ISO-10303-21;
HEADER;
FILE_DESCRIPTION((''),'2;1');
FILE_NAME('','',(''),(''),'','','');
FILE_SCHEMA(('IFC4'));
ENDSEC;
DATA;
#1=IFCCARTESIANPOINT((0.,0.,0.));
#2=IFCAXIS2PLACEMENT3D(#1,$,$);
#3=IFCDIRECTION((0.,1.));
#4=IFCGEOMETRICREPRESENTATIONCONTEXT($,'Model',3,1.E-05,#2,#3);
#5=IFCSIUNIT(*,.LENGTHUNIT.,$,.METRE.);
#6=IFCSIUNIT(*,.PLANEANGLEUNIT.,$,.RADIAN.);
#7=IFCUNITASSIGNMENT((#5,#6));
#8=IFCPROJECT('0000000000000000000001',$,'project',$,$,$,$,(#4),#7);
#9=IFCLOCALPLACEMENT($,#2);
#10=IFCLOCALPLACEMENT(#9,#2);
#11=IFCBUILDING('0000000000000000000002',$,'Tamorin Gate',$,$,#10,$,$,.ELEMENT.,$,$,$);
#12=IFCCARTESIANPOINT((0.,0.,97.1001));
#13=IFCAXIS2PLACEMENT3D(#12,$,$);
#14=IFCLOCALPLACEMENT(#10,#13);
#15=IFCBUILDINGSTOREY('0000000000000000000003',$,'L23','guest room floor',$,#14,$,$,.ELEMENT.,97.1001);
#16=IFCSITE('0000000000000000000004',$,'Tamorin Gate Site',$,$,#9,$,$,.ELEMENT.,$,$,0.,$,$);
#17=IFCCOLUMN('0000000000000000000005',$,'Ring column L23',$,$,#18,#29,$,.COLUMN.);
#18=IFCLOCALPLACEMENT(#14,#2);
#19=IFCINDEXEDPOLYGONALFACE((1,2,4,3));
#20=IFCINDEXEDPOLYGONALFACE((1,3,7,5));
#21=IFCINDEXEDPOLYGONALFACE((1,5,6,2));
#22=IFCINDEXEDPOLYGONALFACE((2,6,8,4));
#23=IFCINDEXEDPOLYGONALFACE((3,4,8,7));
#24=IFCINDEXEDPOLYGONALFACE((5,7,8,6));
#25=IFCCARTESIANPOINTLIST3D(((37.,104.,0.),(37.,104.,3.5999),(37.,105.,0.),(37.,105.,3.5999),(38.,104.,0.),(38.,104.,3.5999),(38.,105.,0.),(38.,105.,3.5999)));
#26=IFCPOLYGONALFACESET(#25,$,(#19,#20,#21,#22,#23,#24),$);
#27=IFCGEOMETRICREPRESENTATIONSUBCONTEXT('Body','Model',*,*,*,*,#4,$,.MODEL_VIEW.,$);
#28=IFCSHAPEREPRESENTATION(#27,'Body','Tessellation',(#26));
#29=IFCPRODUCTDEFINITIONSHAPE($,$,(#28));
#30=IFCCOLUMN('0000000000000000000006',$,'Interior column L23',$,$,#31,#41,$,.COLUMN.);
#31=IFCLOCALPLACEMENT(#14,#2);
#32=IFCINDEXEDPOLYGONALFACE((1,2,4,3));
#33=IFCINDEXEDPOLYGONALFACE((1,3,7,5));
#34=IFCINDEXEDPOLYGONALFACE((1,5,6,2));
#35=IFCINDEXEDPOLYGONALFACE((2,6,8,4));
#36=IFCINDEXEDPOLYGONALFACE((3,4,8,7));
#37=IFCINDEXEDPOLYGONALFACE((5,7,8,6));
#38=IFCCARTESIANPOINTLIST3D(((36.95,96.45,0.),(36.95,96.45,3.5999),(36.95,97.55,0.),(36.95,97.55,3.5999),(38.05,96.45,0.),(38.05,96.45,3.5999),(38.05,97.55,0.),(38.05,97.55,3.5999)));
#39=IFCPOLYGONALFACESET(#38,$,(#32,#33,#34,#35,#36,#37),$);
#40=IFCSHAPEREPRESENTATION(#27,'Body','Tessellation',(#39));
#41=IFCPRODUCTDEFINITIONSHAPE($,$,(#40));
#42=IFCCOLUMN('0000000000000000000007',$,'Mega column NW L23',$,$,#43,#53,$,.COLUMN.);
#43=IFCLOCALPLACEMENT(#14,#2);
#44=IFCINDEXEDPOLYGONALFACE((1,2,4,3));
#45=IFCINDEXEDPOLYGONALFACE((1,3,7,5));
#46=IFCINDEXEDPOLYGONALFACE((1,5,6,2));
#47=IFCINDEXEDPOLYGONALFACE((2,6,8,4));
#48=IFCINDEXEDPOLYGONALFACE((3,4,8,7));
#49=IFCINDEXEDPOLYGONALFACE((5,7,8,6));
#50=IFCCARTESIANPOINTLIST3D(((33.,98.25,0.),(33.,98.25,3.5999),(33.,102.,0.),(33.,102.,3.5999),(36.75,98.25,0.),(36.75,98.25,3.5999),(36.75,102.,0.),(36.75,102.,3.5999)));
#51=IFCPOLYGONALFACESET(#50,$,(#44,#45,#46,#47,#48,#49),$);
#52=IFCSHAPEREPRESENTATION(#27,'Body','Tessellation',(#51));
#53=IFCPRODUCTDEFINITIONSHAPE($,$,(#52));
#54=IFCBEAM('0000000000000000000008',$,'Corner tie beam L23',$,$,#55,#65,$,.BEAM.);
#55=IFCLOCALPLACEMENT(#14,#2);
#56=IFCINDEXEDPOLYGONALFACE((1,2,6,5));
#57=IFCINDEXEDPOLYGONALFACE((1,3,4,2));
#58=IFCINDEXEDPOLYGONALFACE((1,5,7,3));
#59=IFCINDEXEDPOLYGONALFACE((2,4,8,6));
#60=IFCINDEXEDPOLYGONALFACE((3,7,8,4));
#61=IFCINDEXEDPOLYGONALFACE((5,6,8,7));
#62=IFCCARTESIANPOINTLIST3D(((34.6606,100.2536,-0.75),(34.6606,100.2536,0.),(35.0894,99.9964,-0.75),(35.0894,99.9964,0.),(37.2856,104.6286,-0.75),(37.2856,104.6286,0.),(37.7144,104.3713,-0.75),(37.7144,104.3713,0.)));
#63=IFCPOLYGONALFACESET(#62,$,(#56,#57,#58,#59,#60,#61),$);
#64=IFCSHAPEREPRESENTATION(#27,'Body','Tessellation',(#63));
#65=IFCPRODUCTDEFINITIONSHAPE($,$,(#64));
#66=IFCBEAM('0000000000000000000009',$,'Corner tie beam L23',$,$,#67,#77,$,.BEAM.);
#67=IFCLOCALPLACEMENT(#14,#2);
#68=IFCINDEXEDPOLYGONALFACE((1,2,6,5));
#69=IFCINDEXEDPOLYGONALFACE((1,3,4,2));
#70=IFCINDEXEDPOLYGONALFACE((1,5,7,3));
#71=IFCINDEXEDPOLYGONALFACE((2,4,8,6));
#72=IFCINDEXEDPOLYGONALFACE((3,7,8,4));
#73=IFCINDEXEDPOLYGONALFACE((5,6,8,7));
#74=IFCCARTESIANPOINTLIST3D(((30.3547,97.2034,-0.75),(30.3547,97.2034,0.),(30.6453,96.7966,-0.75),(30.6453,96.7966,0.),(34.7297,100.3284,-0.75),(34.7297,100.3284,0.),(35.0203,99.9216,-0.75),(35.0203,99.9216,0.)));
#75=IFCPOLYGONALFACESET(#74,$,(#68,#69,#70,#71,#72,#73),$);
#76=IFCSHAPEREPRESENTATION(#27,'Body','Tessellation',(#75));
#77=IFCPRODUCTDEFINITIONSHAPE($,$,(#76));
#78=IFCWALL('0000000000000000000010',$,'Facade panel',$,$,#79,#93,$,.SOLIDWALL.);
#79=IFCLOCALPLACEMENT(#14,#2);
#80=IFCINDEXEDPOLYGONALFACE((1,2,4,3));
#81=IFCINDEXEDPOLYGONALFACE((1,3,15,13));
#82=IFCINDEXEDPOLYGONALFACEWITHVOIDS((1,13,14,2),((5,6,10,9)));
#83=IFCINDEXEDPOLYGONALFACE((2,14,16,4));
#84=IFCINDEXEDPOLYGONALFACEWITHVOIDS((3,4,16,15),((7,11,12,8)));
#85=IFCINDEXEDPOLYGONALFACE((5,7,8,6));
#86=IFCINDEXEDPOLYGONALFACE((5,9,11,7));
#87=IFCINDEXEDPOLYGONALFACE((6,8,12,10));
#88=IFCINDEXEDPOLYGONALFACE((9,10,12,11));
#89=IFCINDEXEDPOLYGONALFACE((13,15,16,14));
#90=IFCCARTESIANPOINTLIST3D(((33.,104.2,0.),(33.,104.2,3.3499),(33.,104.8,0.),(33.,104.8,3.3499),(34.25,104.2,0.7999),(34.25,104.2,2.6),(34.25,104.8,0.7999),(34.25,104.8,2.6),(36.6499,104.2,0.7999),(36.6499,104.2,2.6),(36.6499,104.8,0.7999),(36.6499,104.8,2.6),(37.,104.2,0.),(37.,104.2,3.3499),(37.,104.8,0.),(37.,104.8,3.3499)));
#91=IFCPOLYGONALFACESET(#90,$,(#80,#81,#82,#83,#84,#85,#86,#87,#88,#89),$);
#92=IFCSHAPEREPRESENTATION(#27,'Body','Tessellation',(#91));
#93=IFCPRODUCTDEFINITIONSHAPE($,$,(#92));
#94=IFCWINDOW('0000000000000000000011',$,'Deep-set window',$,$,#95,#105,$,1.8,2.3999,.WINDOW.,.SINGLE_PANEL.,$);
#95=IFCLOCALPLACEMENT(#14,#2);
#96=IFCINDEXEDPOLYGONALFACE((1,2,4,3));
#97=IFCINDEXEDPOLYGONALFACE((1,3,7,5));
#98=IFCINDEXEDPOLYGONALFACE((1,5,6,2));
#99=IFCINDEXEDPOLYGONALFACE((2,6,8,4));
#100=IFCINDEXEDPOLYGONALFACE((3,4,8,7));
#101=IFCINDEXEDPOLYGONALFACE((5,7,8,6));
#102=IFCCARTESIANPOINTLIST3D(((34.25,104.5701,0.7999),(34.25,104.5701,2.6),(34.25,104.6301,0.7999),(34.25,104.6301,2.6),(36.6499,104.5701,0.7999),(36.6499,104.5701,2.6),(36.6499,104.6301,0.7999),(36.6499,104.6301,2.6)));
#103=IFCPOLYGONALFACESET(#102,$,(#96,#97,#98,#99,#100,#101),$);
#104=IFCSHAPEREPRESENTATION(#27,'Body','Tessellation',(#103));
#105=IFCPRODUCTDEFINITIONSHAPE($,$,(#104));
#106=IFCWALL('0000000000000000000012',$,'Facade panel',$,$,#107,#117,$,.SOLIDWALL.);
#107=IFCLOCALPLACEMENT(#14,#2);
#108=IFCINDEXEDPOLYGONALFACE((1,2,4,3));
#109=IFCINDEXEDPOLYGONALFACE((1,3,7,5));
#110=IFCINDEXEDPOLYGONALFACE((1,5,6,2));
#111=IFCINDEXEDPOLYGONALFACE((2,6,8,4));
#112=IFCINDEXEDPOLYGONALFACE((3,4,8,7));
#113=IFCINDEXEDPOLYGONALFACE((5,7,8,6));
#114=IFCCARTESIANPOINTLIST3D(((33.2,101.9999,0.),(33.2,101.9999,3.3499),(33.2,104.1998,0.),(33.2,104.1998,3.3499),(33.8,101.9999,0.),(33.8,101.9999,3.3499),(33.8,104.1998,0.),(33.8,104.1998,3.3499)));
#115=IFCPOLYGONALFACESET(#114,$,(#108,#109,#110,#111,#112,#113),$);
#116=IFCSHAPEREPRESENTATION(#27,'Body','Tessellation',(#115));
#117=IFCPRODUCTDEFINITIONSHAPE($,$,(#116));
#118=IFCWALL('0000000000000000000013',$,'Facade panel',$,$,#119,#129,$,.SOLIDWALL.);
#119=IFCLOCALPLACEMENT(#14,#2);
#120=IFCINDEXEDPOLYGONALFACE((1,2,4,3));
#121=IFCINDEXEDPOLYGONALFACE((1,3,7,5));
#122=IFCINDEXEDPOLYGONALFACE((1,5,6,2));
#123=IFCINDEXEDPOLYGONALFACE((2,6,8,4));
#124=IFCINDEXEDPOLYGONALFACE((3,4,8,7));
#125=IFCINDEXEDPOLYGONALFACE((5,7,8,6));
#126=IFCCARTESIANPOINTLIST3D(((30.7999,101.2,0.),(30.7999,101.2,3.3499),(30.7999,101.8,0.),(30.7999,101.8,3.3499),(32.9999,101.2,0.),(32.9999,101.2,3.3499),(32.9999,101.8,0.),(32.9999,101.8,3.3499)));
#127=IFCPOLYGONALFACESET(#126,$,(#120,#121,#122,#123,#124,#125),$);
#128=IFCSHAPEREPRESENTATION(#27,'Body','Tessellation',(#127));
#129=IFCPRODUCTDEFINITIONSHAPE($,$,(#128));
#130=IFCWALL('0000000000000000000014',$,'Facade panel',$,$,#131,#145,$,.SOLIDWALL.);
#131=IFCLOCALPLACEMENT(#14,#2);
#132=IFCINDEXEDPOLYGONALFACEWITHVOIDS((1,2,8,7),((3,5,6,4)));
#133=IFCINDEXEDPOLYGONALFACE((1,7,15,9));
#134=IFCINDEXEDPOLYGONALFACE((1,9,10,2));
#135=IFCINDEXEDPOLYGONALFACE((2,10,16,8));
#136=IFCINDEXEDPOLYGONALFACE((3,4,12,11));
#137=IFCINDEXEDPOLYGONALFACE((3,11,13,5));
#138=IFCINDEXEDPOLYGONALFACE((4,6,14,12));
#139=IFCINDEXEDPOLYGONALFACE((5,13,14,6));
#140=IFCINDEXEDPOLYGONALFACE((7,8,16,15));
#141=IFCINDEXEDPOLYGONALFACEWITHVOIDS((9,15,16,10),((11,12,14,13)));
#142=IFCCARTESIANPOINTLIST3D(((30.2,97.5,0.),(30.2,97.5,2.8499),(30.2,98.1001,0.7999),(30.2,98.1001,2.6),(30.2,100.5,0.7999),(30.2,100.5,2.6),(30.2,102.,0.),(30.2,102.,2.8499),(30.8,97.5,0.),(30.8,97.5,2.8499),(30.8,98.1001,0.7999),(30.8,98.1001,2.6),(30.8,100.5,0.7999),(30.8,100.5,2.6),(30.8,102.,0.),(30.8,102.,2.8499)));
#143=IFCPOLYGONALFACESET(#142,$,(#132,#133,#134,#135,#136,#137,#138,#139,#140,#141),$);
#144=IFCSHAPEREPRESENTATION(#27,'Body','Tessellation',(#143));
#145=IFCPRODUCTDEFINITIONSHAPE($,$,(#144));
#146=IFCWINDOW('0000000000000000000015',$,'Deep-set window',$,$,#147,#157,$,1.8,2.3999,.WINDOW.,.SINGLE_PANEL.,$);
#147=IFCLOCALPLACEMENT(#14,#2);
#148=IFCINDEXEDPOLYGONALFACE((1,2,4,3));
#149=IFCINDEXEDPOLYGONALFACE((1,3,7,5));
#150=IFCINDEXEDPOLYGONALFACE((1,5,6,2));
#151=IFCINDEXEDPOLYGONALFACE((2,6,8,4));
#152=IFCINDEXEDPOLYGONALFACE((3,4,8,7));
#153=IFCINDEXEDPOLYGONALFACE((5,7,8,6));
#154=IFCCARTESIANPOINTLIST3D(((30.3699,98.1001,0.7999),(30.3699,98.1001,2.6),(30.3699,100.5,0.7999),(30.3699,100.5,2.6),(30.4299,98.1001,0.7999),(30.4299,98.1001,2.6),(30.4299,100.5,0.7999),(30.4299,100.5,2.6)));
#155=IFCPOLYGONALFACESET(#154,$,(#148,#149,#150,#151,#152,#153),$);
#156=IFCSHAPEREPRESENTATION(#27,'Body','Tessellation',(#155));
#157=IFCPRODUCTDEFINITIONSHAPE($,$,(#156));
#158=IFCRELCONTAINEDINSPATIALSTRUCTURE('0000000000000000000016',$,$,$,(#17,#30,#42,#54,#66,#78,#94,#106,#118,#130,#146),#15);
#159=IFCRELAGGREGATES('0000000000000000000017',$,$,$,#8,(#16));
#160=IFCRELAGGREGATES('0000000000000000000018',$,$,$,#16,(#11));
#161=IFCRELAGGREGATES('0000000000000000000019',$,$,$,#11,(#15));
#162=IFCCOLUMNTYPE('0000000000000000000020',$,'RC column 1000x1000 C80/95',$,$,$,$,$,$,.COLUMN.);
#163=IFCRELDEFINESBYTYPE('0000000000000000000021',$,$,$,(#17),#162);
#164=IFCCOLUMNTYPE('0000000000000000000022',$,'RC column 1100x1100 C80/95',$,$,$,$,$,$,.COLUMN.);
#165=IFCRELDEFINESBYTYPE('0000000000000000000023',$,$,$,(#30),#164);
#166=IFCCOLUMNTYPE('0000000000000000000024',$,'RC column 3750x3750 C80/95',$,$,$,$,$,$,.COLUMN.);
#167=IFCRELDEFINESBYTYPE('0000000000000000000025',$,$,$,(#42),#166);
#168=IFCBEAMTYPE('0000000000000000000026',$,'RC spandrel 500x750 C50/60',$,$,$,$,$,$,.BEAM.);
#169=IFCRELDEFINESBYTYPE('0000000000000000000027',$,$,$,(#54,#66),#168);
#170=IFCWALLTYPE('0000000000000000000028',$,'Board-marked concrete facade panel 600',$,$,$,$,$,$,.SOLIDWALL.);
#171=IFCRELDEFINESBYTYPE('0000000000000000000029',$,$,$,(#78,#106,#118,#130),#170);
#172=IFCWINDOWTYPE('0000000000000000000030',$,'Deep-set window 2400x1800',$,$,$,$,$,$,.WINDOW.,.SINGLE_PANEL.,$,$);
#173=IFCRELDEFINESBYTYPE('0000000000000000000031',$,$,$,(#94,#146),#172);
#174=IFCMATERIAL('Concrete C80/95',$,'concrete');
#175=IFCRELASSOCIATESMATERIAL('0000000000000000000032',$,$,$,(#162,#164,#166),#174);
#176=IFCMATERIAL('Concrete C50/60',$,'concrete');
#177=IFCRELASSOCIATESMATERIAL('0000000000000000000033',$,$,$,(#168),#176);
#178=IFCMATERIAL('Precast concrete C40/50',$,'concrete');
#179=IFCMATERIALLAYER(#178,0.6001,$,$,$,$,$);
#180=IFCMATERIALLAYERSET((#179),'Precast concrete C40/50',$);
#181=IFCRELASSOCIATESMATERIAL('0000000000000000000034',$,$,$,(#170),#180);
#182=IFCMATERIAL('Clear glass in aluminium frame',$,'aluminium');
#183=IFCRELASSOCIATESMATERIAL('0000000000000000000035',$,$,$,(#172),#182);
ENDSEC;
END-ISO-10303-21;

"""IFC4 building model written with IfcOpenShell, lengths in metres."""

from ifc_helpers import new_model, si_unit, direction, frame, frame_2d, origin, origin_2d, place, context, subcontext, project, spatial, rectangle, extrude, material, layer, layer_set, material_profile, profile_set, type_object, element, fill, save


model = new_model("IFC4")

# Units and contexts
model_context = context("Model", 3, precision=1e-05, world=origin(), true_north=direction((0.0, 1.0)))
body_context = subcontext(model_context, "Body", "Model", "MODEL_VIEW")
ifc_project = project(units=[si_unit("LENGTHUNIT", "METRE"), si_unit("PLANEANGLEUNIT", "RADIAN")], contexts=[model_context])

# Site, building, storey
site_placement = place(None, origin())
site = spatial("IfcSite", under=ifc_project, at=site_placement, Name="Tamorin Gate Site", CompositionType="ELEMENT", RefElevation=0.0)
building_placement = place(site_placement, origin())
building = spatial("IfcBuilding", under=site, at=building_placement, Name="Tamorin Gate", CompositionType="ELEMENT")
storey_placement = place(building_placement, frame((0.0, 0.0, 97.1001)))
storey = spatial("IfcBuildingStorey", under=building, at=storey_placement, Name="L23", Description="guest room floor", CompositionType="ELEMENT", Elevation=97.1001)

# Columns
ifc_material_1 = material(Name="Concrete C80/95", Category="concrete")
ifc_material_profile_1 = material_profile(ifc_material_1, rectangle(XDim=1.0, YDim=1.0, at=origin_2d()), Name="RC 1000x1000")
ifc_profile_set_1 = profile_set([ifc_material_profile_1], Name="Concrete C80/95")
column_type_1 = type_object("IfcColumnType", Name="RC column 1000x1000 C80/95", PredefinedType="COLUMN", material=ifc_profile_set_1)
column_1_placement = place(storey_placement, frame((37.5, 104.5, 0.0), z_axis=(0.0, 0.0, 1.0), x_axis=(1.0, 0.0, 0.0)))
element("IfcColumn", 1, at=column_1_placement, inside=storey, type_object=column_type_1, Name="Ring column L23", PredefinedType="COLUMN", context=body_context, shape_type="SweptSolid", body=[
    extrude(rectangle(XDim=1.0, YDim=1.0, at=origin_2d()), origin(), (0.0, 0.0, 1.0), 3.5999),
])
ifc_material_profile_2 = material_profile(ifc_material_1, rectangle(XDim=1.1001, YDim=1.1001, at=origin_2d()), Name="RC 1100x1100")
ifc_profile_set_2 = profile_set([ifc_material_profile_2], Name="Concrete C80/95")
column_type_2 = type_object("IfcColumnType", Name="RC column 1100x1100 C80/95", PredefinedType="COLUMN", material=ifc_profile_set_2)
column_2_placement = place(storey_placement, frame((37.5, 97.0, 0.0), z_axis=(0.0, 0.0, 1.0), x_axis=(1.0, 0.0, 0.0)))
element("IfcColumn", 2, at=column_2_placement, inside=storey, type_object=column_type_2, Name="Interior column L23", PredefinedType="COLUMN", context=body_context, shape_type="SweptSolid", body=[
    extrude(rectangle(XDim=1.1001, YDim=1.1001, at=origin_2d()), origin(), (0.0, 0.0, 1.0), 3.5999),
])
ifc_material_profile_3 = material_profile(ifc_material_1, rectangle(XDim=3.75, YDim=3.75, at=origin_2d()), Name="RC 3750x3750")
ifc_profile_set_3 = profile_set([ifc_material_profile_3], Name="Concrete C80/95")
column_type_3 = type_object("IfcColumnType", Name="RC column 3750x3750 C80/95", PredefinedType="COLUMN", material=ifc_profile_set_3)
column_3_placement = place(storey_placement, frame((34.875, 100.125, 0.0), z_axis=(0.0, 0.0, 1.0), x_axis=(1.0, 0.0, 0.0)))
element("IfcColumn", 3, at=column_3_placement, inside=storey, type_object=column_type_3, Name="Mega column NW L23", PredefinedType="COLUMN", context=body_context, shape_type="SweptSolid", body=[
    extrude(rectangle(XDim=3.75, YDim=3.75, at=origin_2d()), origin(), (0.0, 0.0, 1.0), 3.5999),
])

# Beams
ifc_material_2 = material(Name="Concrete C50/60", Category="concrete")
ifc_material_profile_4 = material_profile(ifc_material_2, rectangle(XDim=0.5, YDim=0.75, at=origin_2d()), Name="RC 500x750")
ifc_profile_set_4 = profile_set([ifc_material_profile_4], Name="Concrete C50/60")
beam_type = type_object("IfcBeamType", Name="RC spandrel 500x750 C50/60", PredefinedType="BEAM", material=ifc_profile_set_4)
beam_1_placement = place(storey_placement, frame((34.875, 100.125, -0.375), z_axis=(0.514496, 0.857493, 0.0), x_axis=(-0.857493, 0.514496, 0.0)))
element("IfcBeam", 4, at=beam_1_placement, inside=storey, type_object=beam_type, Name="Corner tie beam L23", PredefinedType="BEAM", context=body_context, shape_type="SweptSolid", body=[
    extrude(rectangle(XDim=0.5, YDim=0.75, at=origin_2d()), origin(), (0.0, 0.0, 1.0), 5.1021),
])
beam_2_placement = place(storey_placement, frame((34.875, 100.125, -0.375), z_axis=(-0.813733, -0.581238, 0.0), x_axis=(0.581238, -0.813733, 0.0)))
element("IfcBeam", 5, at=beam_2_placement, inside=storey, type_object=beam_type, Name="Corner tie beam L23", PredefinedType="BEAM", context=body_context, shape_type="SweptSolid", body=[
    extrude(rectangle(XDim=0.5, YDim=0.75, at=origin_2d()), origin(), (0.0, 0.0, 1.0), 5.3765),
])

# Wall, opening, window
ifc_material_3 = material(Name="Precast concrete C40/50", Category="concrete")
ifc_layer_1 = layer(ifc_material_3, 0.6001)
ifc_layer_set_1 = layer_set([ifc_layer_1], Name="Precast concrete C40/50")
wall_type_1 = type_object("IfcWallType", Name="Board-marked concrete facade panel 600", PredefinedType="SOLIDWALL", material=ifc_layer_set_1)
wall_1_placement = place(storey_placement, frame((37.0, 104.5, 0.0), z_axis=(0.0, 0.0, 1.0), x_axis=(-1.0, 0.0, 0.0)))
wall_1 = element("IfcWall", 6, at=wall_1_placement, inside=storey, type_object=wall_type_1, Name="Facade panel", PredefinedType="SOLIDWALL", context=body_context, shape_type="SweptSolid", body=[
    extrude(rectangle(XDim=4.0, YDim=0.6001, at=frame_2d((2.0, 0.0))), origin(), (0.0, 0.0, 1.0), 3.3499),
])
opening_1_placement = place(wall_1_placement, frame((0.3501, 0.0, 0.8)))
opening_1 = element("IfcOpeningElement", 7, at=opening_1_placement, cuts=wall_1, PredefinedType="OPENING", context=body_context, shape_type="SweptSolid", body=[
    extrude(rectangle(XDim=2.3999, YDim=1.8, at=frame_2d((1.2, 0.8999))), frame((0.0, 0.3101, 0.0), z_axis=(0.0, -1.0, 0.0), x_axis=(1.0, 0.0, 0.0)), (0.0, 0.0, 1.0), 0.6201),
])
ifc_material_4 = material(Name="Clear glass in aluminium frame", Category="aluminium")
window_type = type_object("IfcWindowType", Name="Deep-set window 2400x1800", PartitioningType="SINGLE_PANEL", PredefinedType="WINDOW", material=ifc_material_4)
window_1_placement = place(opening_1_placement, origin())
window_1 = element("IfcWindow", 8, at=window_1_placement, inside=storey, type_object=window_type, Name="Deep-set window", OverallHeight=1.8, OverallWidth=2.3999, PartitioningType="SINGLE_PANEL", PredefinedType="WINDOW", context=body_context, shape_type="SweptSolid", body=[
    extrude(rectangle(XDim=2.3999, YDim=1.8, at=frame_2d((1.2, 0.8999))), frame((0.0, -0.0701, 0.0), z_axis=(0.0, -1.0, 0.0), x_axis=(1.0, 0.0, 0.0)), (0.0, 0.0, 1.0), 0.0601),
])
fill(opening_1, window_1)

# Walls
for number, where, z_axis, x_axis, name in (
    (9, (33.5, 104.2, 0.0), (0.0, 0.0, 1.0), (0.0, -1.0, 0.0), "Facade panel"),
    (10, (33.0, 101.5, 0.0), (0.0, 0.0, 1.0), (-1.0, 0.0, 0.0), "Facade panel"),
):
    element("IfcWall", number, at=place(storey_placement, frame(where, z_axis=z_axis, x_axis=x_axis)), inside=storey, type_object=wall_type_1, Name=name, PredefinedType="SOLIDWALL", context=body_context, shape_type="SweptSolid", body=[
        extrude(rectangle(XDim=2.2, YDim=0.6001, at=frame_2d((1.1001, 0.0))), origin(), (0.0, 0.0, 1.0), 3.3499),
    ])

# Wall, opening, window
wall_2_placement = place(storey_placement, frame((30.5, 102.0, 0.0), z_axis=(0.0, 0.0, 1.0), x_axis=(0.0, -1.0, 0.0)))
wall_2 = element("IfcWall", 11, at=wall_2_placement, inside=storey, type_object=wall_type_1, Name="Facade panel", PredefinedType="SOLIDWALL", context=body_context, shape_type="SweptSolid", body=[
    extrude(rectangle(XDim=4.5, YDim=0.6001, at=frame_2d((2.25, 0.0))), origin(), (0.0, 0.0, 1.0), 2.8499),
])
opening_2_placement = place(wall_2_placement, frame((1.5, 0.0, 0.8)))
opening_2 = element("IfcOpeningElement", 12, at=opening_2_placement, cuts=wall_2, PredefinedType="OPENING", context=body_context, shape_type="SweptSolid", body=[
    extrude(rectangle(XDim=2.3999, YDim=1.8, at=frame_2d((1.2, 0.8999))), frame((0.0, 0.3101, 0.0), z_axis=(0.0, -1.0, 0.0), x_axis=(1.0, 0.0, 0.0)), (0.0, 0.0, 1.0), 0.6201),
])
window_2_placement = place(opening_2_placement, origin())
window_2 = element("IfcWindow", 13, at=window_2_placement, inside=storey, type_object=window_type, Name="Deep-set window", OverallHeight=1.8, OverallWidth=2.3999, PartitioningType="SINGLE_PANEL", PredefinedType="WINDOW", context=body_context, shape_type="SweptSolid", body=[
    extrude(rectangle(XDim=2.3999, YDim=1.8, at=frame_2d((1.2, 0.8999))), frame((0.0, -0.0701, 0.0), z_axis=(0.0, -1.0, 0.0), x_axis=(1.0, 0.0, 0.0)), (0.0, 0.0, 1.0), 0.0601),
])
fill(opening_2, window_2)

save(model, "model.ifc")
